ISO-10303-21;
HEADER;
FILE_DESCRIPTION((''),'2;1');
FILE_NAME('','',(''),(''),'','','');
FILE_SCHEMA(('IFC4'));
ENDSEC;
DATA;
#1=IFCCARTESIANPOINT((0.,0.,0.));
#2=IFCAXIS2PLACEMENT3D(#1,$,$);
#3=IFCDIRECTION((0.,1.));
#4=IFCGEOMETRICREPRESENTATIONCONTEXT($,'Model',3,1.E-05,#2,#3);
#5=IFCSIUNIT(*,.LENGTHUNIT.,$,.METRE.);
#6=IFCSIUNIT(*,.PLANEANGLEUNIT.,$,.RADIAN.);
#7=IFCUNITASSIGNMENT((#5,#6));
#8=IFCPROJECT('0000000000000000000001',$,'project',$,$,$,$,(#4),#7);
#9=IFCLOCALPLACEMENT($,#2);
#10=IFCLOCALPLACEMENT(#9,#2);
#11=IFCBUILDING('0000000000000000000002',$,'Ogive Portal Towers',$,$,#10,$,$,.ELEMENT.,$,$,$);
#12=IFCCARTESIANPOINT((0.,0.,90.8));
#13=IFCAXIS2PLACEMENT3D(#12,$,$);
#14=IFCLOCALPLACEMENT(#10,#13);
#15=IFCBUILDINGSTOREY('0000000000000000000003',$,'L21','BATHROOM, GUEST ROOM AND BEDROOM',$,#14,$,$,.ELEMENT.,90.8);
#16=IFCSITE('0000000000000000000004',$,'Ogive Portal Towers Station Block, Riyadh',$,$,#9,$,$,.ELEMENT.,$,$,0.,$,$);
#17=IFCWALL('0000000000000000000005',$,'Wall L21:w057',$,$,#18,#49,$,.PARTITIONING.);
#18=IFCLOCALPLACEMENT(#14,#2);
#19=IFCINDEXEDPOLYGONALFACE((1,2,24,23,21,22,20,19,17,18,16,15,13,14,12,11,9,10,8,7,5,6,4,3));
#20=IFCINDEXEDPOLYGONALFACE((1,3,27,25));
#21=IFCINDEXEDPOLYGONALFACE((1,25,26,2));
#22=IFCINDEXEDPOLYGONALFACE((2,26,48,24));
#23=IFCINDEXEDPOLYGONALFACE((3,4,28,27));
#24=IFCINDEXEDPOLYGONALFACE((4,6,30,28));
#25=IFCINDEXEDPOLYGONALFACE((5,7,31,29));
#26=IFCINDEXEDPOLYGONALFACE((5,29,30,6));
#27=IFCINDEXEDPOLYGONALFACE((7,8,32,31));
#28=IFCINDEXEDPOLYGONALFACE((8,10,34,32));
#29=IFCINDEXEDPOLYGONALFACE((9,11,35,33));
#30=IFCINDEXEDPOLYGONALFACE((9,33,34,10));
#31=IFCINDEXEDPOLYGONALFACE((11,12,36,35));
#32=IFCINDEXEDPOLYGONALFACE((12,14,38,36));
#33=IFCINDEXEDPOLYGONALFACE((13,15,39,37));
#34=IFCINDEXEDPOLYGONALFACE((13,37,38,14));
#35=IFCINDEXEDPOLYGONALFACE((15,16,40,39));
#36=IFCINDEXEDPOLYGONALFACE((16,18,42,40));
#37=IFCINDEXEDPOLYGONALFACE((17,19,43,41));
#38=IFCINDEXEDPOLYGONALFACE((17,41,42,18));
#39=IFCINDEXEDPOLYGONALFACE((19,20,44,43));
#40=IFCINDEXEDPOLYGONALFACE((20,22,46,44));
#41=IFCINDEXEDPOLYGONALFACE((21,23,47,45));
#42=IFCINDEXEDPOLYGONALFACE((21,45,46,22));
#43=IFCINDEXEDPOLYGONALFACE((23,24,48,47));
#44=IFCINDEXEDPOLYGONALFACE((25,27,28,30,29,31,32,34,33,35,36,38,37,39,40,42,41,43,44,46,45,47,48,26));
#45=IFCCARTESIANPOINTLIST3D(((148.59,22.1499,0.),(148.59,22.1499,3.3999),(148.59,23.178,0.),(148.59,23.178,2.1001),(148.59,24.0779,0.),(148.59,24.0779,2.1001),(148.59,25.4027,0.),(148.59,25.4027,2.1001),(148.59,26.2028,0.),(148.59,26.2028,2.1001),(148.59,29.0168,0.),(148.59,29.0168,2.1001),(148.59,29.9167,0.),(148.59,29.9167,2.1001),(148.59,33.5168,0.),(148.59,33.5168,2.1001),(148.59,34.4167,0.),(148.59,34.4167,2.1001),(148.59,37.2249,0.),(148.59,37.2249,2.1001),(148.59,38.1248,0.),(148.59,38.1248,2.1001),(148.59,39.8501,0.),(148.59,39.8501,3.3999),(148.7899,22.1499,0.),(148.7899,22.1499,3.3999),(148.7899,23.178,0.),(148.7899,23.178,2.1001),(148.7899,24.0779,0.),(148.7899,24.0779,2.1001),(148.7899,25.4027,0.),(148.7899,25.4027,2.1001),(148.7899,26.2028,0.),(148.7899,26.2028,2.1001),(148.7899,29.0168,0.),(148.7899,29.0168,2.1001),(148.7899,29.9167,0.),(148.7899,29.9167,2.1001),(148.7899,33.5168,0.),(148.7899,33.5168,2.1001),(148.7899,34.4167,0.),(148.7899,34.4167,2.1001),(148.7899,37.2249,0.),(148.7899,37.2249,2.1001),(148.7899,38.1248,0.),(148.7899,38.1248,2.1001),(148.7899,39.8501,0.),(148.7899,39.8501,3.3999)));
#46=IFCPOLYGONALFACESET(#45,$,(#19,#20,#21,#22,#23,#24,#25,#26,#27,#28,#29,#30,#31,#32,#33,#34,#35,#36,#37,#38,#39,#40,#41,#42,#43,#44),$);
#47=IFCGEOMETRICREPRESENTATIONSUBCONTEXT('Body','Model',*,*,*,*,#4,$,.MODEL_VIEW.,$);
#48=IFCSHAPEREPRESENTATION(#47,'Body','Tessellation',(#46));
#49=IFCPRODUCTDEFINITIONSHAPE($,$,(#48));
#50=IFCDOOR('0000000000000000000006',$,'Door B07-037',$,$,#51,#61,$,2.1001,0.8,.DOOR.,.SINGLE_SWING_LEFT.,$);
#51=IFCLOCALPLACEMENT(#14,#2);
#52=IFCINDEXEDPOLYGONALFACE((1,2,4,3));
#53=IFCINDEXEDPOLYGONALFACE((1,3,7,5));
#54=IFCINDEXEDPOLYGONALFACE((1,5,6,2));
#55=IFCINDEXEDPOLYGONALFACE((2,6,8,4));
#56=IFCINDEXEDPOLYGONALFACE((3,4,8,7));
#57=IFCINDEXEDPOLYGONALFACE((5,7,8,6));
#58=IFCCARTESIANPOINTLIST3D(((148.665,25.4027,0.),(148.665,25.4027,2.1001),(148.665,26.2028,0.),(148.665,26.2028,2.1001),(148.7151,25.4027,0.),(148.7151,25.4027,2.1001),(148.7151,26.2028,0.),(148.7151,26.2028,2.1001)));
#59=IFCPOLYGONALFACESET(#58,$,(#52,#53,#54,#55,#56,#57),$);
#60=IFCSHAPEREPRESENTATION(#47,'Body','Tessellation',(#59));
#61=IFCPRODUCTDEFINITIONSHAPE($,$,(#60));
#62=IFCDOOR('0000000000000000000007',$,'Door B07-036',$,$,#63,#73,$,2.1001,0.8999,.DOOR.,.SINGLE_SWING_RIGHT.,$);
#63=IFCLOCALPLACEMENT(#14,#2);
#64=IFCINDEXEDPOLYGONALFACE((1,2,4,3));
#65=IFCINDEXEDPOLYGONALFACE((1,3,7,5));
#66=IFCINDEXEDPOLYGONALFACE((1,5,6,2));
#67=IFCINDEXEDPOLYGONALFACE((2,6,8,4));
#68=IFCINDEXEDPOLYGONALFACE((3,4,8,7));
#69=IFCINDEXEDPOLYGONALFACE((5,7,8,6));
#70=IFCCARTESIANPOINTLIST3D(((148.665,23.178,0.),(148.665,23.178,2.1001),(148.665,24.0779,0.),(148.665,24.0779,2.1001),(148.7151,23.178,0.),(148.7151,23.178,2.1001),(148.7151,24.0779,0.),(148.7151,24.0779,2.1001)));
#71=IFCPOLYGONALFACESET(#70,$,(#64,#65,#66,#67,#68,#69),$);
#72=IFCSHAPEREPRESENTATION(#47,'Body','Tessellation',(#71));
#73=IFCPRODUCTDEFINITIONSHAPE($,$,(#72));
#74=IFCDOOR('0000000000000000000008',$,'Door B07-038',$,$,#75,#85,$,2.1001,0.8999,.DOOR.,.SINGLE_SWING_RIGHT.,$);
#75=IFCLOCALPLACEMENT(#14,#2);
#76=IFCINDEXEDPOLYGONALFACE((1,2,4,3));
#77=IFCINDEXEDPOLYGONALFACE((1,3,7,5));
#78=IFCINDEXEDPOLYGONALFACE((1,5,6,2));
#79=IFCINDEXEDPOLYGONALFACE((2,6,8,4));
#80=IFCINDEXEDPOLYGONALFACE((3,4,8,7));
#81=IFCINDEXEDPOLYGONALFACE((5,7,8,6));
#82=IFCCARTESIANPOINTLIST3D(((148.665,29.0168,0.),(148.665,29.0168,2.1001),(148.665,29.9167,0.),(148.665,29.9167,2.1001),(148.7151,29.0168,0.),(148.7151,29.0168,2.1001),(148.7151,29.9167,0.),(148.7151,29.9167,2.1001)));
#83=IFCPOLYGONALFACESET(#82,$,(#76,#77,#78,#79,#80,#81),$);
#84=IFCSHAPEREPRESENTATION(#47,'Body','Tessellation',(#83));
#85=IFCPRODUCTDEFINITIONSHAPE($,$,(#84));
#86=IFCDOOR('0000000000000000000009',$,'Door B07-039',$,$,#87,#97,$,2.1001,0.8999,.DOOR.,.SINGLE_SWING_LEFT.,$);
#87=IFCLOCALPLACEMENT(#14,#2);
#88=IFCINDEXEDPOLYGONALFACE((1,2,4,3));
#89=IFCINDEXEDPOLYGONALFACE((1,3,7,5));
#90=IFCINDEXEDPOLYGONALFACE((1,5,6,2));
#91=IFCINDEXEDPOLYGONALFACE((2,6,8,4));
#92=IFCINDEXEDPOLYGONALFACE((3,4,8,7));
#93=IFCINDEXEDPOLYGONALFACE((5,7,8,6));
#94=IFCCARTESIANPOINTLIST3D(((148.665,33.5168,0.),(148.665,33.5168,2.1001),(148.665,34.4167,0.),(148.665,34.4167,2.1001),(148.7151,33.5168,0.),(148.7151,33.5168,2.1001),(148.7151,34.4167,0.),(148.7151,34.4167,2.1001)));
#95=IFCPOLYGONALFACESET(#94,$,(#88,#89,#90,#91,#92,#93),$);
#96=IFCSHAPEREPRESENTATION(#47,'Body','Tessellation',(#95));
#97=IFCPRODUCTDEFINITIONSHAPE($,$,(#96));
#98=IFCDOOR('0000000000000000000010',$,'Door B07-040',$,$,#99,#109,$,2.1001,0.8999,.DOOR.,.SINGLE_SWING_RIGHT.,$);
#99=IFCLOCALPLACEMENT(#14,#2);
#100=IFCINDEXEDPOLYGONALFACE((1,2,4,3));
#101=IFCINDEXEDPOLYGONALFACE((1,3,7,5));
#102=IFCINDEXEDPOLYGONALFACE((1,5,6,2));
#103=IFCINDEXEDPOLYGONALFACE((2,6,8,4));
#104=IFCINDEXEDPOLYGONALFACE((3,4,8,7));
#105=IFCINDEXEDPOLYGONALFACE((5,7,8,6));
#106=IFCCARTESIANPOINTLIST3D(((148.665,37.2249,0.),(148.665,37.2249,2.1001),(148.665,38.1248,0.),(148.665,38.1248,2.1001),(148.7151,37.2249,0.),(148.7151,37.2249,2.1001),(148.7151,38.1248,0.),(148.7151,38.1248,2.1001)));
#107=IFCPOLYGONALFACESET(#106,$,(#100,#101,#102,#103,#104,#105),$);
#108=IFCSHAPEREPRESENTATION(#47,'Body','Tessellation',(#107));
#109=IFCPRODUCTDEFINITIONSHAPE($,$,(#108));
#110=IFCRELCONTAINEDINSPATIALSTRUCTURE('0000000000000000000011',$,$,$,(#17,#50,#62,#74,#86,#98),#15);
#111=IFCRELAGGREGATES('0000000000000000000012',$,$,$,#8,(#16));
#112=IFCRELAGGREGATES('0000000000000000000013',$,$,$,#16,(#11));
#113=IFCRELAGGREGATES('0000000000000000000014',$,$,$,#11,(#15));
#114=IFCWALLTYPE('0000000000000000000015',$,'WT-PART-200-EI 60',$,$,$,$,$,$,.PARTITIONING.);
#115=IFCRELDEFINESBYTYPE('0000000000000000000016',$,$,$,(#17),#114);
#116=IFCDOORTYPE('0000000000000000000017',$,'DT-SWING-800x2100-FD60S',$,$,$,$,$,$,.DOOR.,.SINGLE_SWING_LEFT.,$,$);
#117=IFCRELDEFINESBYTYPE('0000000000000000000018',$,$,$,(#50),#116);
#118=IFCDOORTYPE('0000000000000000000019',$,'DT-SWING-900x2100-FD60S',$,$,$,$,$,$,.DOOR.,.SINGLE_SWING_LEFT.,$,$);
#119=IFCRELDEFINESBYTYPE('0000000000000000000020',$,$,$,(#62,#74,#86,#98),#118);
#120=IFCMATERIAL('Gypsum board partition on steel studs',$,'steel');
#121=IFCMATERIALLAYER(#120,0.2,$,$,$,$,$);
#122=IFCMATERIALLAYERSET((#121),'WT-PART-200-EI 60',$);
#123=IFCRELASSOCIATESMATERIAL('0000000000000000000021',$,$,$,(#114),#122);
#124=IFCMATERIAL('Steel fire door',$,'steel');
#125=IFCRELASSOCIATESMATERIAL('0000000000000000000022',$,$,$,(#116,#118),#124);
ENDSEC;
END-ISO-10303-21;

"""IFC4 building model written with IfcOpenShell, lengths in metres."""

from ifc_helpers import new_model, si_unit, direction, frame, frame_2d, origin, place, context, subcontext, project, spatial, rectangle, extrude, material, layer, layer_set, type_object, element, fill, save


model = new_model("IFC4")

# Units and contexts
model_context = context("Model", 3, precision=1e-05, world=origin(), true_north=direction((0.0, 1.0)))
body_context = subcontext(model_context, "Body", "Model", "MODEL_VIEW")
ifc_project = project(units=[si_unit("LENGTHUNIT", "METRE"), si_unit("PLANEANGLEUNIT", "RADIAN")], contexts=[model_context])

# Site, building, storey
site_placement = place(None, origin())
site = spatial("IfcSite", under=ifc_project, at=site_placement, Name="Ogive Portal Towers Station Block, Riyadh", CompositionType="ELEMENT", RefElevation=0.0)
building_placement = place(site_placement, origin())
building = spatial("IfcBuilding", under=site, at=building_placement, Name="Ogive Portal Towers", CompositionType="ELEMENT")
storey_placement = place(building_placement, frame((0.0, 0.0, 90.8)))
storey = spatial("IfcBuildingStorey", under=building, at=storey_placement, Name="L21", Description="BATHROOM, GUEST ROOM AND BEDROOM", CompositionType="ELEMENT", Elevation=90.8)

# Shared definitions
ifc_material_1 = material(Name="Gypsum board partition on steel studs", Category="steel")
ifc_layer_1 = layer(ifc_material_1, 0.2)
ifc_layer_set_1 = layer_set([ifc_layer_1], Name="WT-PART-200-EI 60")
wall_type_1 = type_object("IfcWallType", Name="WT-PART-200-EI 60", PredefinedType="PARTITIONING", material=ifc_layer_set_1)
ifc_material_2 = material(Name="Steel fire door", Category="steel")
door_type_1 = type_object("IfcDoorType", Name="DT-SWING-800x2100-FD60S", OperationType="SINGLE_SWING_LEFT", PredefinedType="DOOR", material=ifc_material_2)
door_type_2 = type_object("IfcDoorType", Name="DT-SWING-900x2100-FD60S", OperationType="SINGLE_SWING_LEFT", PredefinedType="DOOR", material=ifc_material_2)

# Wall, openings, doors
wall_1_placement = place(storey_placement, frame((148.6899, 22.1499, 0.0), z_axis=(0.0, 0.0, 1.0), x_axis=(0.0, 1.0, 0.0)))
wall_1 = element("IfcWall", 1, at=wall_1_placement, inside=storey, type_object=wall_type_1, Name="Wall L21:w057", PredefinedType="PARTITIONING", context=body_context, shape_type="SweptSolid", body=[
    extrude(rectangle(XDim=17.7002, YDim=0.2, at=frame_2d((8.8501, 0.0))), origin(), (0.0, 0.0, 1.0), 3.3999),
])
opening_1_placement = place(wall_1_placement, frame((1.0281, 0.0, 0.0)))
opening_1 = element("IfcOpeningElement", 2, at=opening_1_placement, cuts=wall_1, PredefinedType="OPENING", context=body_context, shape_type="SweptSolid", body=[
    extrude(rectangle(XDim=0.8999, YDim=2.1001, at=frame_2d((0.45, 1.05))), frame((0.0, 0.1099, 0.0), z_axis=(0.0, -1.0, 0.0), x_axis=(1.0, 0.0, 0.0)), (0.0, 0.0, 1.0), 0.22),
])
opening_2_placement = place(wall_1_placement, frame((3.2529, 0.0, 0.0)))
opening_2 = element("IfcOpeningElement", 3, at=opening_2_placement, cuts=wall_1, PredefinedType="OPENING", context=body_context, shape_type="SweptSolid", body=[
    extrude(rectangle(XDim=0.8, YDim=2.1001, at=frame_2d((0.3999, 1.05))), frame((0.0, 0.1099, 0.0), z_axis=(0.0, -1.0, 0.0), x_axis=(1.0, 0.0, 0.0)), (0.0, 0.0, 1.0), 0.22),
])
opening_3_placement = place(wall_1_placement, frame((6.8669, 0.0, 0.0)))
opening_3 = element("IfcOpeningElement", 4, at=opening_3_placement, cuts=wall_1, PredefinedType="OPENING", context=body_context, shape_type="SweptSolid", body=[
    extrude(rectangle(XDim=0.8999, YDim=2.1001, at=frame_2d((0.45, 1.05))), frame((0.0, 0.1099, 0.0), z_axis=(0.0, -1.0, 0.0), x_axis=(1.0, 0.0, 0.0)), (0.0, 0.0, 1.0), 0.22),
])
opening_4_placement = place(wall_1_placement, frame((11.3669, 0.0, 0.0)))
opening_4 = element("IfcOpeningElement", 5, at=opening_4_placement, cuts=wall_1, PredefinedType="OPENING", context=body_context, shape_type="SweptSolid", body=[
    extrude(rectangle(XDim=0.8999, YDim=2.1001, at=frame_2d((0.45, 1.05))), frame((0.0, 0.1099, 0.0), z_axis=(0.0, -1.0, 0.0), x_axis=(1.0, 0.0, 0.0)), (0.0, 0.0, 1.0), 0.22),
])
opening_5_placement = place(wall_1_placement, frame((15.075, 0.0, 0.0)))
opening_5 = element("IfcOpeningElement", 6, at=opening_5_placement, cuts=wall_1, PredefinedType="OPENING", context=body_context, shape_type="SweptSolid", body=[
    extrude(rectangle(XDim=0.8999, YDim=2.1001, at=frame_2d((0.45, 1.05))), frame((0.0, 0.1099, 0.0), z_axis=(0.0, -1.0, 0.0), x_axis=(1.0, 0.0, 0.0)), (0.0, 0.0, 1.0), 0.22),
])
door_1_placement = place(opening_2_placement, origin())
door_1 = element("IfcDoor", 7, at=door_1_placement, inside=storey, type_object=door_type_1, Name="Door B07-037", OperationType="SINGLE_SWING_LEFT", OverallHeight=2.1001, OverallWidth=0.8, PredefinedType="DOOR", context=body_context, shape_type="SweptSolid", body=[
    extrude(rectangle(XDim=0.8, YDim=2.1001, at=frame_2d((0.3999, 1.05))), frame((0.0, 0.0249, 0.0), z_axis=(0.0, -1.0, 0.0), x_axis=(1.0, 0.0, 0.0)), (0.0, 0.0, 1.0), 0.05),
])
fill(opening_2, door_1)
door_2_placement = place(opening_1_placement, origin())
door_2 = element("IfcDoor", 8, at=door_2_placement, inside=storey, type_object=door_type_2, Name="Door B07-036", OperationType="SINGLE_SWING_RIGHT", OverallHeight=2.1001, OverallWidth=0.8999, PredefinedType="DOOR", context=body_context, shape_type="SweptSolid", body=[
    extrude(rectangle(XDim=0.8999, YDim=2.1001, at=frame_2d((0.45, 1.05))), frame((0.0, 0.0249, 0.0), z_axis=(0.0, -1.0, 0.0), x_axis=(1.0, 0.0, 0.0)), (0.0, 0.0, 1.0), 0.05),
])
fill(opening_1, door_2)
door_3_placement = place(opening_3_placement, origin())
door_3 = element("IfcDoor", 9, at=door_3_placement, inside=storey, type_object=door_type_2, Name="Door B07-038", OperationType="SINGLE_SWING_RIGHT", OverallHeight=2.1001, OverallWidth=0.8999, PredefinedType="DOOR", context=body_context, shape_type="SweptSolid", body=[
    extrude(rectangle(XDim=0.8999, YDim=2.1001, at=frame_2d((0.45, 1.05))), frame((0.0, 0.0249, 0.0), z_axis=(0.0, -1.0, 0.0), x_axis=(1.0, 0.0, 0.0)), (0.0, 0.0, 1.0), 0.05),
])
fill(opening_3, door_3)
door_4_placement = place(opening_4_placement, origin())
door_4 = element("IfcDoor", 10, at=door_4_placement, inside=storey, type_object=door_type_2, Name="Door B07-039", OperationType="SINGLE_SWING_LEFT", OverallHeight=2.1001, OverallWidth=0.8999, PredefinedType="DOOR", context=body_context, shape_type="SweptSolid", body=[
    extrude(rectangle(XDim=0.8999, YDim=2.1001, at=frame_2d((0.45, 1.05))), frame((0.0, 0.0249, 0.0), z_axis=(0.0, -1.0, 0.0), x_axis=(1.0, 0.0, 0.0)), (0.0, 0.0, 1.0), 0.05),
])
fill(opening_4, door_4)
door_5_placement = place(opening_5_placement, origin())
door_5 = element("IfcDoor", 11, at=door_5_placement, inside=storey, type_object=door_type_2, Name="Door B07-040", OperationType="SINGLE_SWING_RIGHT", OverallHeight=2.1001, OverallWidth=0.8999, PredefinedType="DOOR", context=body_context, shape_type="SweptSolid", body=[
    extrude(rectangle(XDim=0.8999, YDim=2.1001, at=frame_2d((0.45, 1.05))), frame((0.0, 0.0249, 0.0), z_axis=(0.0, -1.0, 0.0), x_axis=(1.0, 0.0, 0.0)), (0.0, 0.0, 1.0), 0.05),
])
fill(opening_5, door_5)

save(model, "model.ifc")
